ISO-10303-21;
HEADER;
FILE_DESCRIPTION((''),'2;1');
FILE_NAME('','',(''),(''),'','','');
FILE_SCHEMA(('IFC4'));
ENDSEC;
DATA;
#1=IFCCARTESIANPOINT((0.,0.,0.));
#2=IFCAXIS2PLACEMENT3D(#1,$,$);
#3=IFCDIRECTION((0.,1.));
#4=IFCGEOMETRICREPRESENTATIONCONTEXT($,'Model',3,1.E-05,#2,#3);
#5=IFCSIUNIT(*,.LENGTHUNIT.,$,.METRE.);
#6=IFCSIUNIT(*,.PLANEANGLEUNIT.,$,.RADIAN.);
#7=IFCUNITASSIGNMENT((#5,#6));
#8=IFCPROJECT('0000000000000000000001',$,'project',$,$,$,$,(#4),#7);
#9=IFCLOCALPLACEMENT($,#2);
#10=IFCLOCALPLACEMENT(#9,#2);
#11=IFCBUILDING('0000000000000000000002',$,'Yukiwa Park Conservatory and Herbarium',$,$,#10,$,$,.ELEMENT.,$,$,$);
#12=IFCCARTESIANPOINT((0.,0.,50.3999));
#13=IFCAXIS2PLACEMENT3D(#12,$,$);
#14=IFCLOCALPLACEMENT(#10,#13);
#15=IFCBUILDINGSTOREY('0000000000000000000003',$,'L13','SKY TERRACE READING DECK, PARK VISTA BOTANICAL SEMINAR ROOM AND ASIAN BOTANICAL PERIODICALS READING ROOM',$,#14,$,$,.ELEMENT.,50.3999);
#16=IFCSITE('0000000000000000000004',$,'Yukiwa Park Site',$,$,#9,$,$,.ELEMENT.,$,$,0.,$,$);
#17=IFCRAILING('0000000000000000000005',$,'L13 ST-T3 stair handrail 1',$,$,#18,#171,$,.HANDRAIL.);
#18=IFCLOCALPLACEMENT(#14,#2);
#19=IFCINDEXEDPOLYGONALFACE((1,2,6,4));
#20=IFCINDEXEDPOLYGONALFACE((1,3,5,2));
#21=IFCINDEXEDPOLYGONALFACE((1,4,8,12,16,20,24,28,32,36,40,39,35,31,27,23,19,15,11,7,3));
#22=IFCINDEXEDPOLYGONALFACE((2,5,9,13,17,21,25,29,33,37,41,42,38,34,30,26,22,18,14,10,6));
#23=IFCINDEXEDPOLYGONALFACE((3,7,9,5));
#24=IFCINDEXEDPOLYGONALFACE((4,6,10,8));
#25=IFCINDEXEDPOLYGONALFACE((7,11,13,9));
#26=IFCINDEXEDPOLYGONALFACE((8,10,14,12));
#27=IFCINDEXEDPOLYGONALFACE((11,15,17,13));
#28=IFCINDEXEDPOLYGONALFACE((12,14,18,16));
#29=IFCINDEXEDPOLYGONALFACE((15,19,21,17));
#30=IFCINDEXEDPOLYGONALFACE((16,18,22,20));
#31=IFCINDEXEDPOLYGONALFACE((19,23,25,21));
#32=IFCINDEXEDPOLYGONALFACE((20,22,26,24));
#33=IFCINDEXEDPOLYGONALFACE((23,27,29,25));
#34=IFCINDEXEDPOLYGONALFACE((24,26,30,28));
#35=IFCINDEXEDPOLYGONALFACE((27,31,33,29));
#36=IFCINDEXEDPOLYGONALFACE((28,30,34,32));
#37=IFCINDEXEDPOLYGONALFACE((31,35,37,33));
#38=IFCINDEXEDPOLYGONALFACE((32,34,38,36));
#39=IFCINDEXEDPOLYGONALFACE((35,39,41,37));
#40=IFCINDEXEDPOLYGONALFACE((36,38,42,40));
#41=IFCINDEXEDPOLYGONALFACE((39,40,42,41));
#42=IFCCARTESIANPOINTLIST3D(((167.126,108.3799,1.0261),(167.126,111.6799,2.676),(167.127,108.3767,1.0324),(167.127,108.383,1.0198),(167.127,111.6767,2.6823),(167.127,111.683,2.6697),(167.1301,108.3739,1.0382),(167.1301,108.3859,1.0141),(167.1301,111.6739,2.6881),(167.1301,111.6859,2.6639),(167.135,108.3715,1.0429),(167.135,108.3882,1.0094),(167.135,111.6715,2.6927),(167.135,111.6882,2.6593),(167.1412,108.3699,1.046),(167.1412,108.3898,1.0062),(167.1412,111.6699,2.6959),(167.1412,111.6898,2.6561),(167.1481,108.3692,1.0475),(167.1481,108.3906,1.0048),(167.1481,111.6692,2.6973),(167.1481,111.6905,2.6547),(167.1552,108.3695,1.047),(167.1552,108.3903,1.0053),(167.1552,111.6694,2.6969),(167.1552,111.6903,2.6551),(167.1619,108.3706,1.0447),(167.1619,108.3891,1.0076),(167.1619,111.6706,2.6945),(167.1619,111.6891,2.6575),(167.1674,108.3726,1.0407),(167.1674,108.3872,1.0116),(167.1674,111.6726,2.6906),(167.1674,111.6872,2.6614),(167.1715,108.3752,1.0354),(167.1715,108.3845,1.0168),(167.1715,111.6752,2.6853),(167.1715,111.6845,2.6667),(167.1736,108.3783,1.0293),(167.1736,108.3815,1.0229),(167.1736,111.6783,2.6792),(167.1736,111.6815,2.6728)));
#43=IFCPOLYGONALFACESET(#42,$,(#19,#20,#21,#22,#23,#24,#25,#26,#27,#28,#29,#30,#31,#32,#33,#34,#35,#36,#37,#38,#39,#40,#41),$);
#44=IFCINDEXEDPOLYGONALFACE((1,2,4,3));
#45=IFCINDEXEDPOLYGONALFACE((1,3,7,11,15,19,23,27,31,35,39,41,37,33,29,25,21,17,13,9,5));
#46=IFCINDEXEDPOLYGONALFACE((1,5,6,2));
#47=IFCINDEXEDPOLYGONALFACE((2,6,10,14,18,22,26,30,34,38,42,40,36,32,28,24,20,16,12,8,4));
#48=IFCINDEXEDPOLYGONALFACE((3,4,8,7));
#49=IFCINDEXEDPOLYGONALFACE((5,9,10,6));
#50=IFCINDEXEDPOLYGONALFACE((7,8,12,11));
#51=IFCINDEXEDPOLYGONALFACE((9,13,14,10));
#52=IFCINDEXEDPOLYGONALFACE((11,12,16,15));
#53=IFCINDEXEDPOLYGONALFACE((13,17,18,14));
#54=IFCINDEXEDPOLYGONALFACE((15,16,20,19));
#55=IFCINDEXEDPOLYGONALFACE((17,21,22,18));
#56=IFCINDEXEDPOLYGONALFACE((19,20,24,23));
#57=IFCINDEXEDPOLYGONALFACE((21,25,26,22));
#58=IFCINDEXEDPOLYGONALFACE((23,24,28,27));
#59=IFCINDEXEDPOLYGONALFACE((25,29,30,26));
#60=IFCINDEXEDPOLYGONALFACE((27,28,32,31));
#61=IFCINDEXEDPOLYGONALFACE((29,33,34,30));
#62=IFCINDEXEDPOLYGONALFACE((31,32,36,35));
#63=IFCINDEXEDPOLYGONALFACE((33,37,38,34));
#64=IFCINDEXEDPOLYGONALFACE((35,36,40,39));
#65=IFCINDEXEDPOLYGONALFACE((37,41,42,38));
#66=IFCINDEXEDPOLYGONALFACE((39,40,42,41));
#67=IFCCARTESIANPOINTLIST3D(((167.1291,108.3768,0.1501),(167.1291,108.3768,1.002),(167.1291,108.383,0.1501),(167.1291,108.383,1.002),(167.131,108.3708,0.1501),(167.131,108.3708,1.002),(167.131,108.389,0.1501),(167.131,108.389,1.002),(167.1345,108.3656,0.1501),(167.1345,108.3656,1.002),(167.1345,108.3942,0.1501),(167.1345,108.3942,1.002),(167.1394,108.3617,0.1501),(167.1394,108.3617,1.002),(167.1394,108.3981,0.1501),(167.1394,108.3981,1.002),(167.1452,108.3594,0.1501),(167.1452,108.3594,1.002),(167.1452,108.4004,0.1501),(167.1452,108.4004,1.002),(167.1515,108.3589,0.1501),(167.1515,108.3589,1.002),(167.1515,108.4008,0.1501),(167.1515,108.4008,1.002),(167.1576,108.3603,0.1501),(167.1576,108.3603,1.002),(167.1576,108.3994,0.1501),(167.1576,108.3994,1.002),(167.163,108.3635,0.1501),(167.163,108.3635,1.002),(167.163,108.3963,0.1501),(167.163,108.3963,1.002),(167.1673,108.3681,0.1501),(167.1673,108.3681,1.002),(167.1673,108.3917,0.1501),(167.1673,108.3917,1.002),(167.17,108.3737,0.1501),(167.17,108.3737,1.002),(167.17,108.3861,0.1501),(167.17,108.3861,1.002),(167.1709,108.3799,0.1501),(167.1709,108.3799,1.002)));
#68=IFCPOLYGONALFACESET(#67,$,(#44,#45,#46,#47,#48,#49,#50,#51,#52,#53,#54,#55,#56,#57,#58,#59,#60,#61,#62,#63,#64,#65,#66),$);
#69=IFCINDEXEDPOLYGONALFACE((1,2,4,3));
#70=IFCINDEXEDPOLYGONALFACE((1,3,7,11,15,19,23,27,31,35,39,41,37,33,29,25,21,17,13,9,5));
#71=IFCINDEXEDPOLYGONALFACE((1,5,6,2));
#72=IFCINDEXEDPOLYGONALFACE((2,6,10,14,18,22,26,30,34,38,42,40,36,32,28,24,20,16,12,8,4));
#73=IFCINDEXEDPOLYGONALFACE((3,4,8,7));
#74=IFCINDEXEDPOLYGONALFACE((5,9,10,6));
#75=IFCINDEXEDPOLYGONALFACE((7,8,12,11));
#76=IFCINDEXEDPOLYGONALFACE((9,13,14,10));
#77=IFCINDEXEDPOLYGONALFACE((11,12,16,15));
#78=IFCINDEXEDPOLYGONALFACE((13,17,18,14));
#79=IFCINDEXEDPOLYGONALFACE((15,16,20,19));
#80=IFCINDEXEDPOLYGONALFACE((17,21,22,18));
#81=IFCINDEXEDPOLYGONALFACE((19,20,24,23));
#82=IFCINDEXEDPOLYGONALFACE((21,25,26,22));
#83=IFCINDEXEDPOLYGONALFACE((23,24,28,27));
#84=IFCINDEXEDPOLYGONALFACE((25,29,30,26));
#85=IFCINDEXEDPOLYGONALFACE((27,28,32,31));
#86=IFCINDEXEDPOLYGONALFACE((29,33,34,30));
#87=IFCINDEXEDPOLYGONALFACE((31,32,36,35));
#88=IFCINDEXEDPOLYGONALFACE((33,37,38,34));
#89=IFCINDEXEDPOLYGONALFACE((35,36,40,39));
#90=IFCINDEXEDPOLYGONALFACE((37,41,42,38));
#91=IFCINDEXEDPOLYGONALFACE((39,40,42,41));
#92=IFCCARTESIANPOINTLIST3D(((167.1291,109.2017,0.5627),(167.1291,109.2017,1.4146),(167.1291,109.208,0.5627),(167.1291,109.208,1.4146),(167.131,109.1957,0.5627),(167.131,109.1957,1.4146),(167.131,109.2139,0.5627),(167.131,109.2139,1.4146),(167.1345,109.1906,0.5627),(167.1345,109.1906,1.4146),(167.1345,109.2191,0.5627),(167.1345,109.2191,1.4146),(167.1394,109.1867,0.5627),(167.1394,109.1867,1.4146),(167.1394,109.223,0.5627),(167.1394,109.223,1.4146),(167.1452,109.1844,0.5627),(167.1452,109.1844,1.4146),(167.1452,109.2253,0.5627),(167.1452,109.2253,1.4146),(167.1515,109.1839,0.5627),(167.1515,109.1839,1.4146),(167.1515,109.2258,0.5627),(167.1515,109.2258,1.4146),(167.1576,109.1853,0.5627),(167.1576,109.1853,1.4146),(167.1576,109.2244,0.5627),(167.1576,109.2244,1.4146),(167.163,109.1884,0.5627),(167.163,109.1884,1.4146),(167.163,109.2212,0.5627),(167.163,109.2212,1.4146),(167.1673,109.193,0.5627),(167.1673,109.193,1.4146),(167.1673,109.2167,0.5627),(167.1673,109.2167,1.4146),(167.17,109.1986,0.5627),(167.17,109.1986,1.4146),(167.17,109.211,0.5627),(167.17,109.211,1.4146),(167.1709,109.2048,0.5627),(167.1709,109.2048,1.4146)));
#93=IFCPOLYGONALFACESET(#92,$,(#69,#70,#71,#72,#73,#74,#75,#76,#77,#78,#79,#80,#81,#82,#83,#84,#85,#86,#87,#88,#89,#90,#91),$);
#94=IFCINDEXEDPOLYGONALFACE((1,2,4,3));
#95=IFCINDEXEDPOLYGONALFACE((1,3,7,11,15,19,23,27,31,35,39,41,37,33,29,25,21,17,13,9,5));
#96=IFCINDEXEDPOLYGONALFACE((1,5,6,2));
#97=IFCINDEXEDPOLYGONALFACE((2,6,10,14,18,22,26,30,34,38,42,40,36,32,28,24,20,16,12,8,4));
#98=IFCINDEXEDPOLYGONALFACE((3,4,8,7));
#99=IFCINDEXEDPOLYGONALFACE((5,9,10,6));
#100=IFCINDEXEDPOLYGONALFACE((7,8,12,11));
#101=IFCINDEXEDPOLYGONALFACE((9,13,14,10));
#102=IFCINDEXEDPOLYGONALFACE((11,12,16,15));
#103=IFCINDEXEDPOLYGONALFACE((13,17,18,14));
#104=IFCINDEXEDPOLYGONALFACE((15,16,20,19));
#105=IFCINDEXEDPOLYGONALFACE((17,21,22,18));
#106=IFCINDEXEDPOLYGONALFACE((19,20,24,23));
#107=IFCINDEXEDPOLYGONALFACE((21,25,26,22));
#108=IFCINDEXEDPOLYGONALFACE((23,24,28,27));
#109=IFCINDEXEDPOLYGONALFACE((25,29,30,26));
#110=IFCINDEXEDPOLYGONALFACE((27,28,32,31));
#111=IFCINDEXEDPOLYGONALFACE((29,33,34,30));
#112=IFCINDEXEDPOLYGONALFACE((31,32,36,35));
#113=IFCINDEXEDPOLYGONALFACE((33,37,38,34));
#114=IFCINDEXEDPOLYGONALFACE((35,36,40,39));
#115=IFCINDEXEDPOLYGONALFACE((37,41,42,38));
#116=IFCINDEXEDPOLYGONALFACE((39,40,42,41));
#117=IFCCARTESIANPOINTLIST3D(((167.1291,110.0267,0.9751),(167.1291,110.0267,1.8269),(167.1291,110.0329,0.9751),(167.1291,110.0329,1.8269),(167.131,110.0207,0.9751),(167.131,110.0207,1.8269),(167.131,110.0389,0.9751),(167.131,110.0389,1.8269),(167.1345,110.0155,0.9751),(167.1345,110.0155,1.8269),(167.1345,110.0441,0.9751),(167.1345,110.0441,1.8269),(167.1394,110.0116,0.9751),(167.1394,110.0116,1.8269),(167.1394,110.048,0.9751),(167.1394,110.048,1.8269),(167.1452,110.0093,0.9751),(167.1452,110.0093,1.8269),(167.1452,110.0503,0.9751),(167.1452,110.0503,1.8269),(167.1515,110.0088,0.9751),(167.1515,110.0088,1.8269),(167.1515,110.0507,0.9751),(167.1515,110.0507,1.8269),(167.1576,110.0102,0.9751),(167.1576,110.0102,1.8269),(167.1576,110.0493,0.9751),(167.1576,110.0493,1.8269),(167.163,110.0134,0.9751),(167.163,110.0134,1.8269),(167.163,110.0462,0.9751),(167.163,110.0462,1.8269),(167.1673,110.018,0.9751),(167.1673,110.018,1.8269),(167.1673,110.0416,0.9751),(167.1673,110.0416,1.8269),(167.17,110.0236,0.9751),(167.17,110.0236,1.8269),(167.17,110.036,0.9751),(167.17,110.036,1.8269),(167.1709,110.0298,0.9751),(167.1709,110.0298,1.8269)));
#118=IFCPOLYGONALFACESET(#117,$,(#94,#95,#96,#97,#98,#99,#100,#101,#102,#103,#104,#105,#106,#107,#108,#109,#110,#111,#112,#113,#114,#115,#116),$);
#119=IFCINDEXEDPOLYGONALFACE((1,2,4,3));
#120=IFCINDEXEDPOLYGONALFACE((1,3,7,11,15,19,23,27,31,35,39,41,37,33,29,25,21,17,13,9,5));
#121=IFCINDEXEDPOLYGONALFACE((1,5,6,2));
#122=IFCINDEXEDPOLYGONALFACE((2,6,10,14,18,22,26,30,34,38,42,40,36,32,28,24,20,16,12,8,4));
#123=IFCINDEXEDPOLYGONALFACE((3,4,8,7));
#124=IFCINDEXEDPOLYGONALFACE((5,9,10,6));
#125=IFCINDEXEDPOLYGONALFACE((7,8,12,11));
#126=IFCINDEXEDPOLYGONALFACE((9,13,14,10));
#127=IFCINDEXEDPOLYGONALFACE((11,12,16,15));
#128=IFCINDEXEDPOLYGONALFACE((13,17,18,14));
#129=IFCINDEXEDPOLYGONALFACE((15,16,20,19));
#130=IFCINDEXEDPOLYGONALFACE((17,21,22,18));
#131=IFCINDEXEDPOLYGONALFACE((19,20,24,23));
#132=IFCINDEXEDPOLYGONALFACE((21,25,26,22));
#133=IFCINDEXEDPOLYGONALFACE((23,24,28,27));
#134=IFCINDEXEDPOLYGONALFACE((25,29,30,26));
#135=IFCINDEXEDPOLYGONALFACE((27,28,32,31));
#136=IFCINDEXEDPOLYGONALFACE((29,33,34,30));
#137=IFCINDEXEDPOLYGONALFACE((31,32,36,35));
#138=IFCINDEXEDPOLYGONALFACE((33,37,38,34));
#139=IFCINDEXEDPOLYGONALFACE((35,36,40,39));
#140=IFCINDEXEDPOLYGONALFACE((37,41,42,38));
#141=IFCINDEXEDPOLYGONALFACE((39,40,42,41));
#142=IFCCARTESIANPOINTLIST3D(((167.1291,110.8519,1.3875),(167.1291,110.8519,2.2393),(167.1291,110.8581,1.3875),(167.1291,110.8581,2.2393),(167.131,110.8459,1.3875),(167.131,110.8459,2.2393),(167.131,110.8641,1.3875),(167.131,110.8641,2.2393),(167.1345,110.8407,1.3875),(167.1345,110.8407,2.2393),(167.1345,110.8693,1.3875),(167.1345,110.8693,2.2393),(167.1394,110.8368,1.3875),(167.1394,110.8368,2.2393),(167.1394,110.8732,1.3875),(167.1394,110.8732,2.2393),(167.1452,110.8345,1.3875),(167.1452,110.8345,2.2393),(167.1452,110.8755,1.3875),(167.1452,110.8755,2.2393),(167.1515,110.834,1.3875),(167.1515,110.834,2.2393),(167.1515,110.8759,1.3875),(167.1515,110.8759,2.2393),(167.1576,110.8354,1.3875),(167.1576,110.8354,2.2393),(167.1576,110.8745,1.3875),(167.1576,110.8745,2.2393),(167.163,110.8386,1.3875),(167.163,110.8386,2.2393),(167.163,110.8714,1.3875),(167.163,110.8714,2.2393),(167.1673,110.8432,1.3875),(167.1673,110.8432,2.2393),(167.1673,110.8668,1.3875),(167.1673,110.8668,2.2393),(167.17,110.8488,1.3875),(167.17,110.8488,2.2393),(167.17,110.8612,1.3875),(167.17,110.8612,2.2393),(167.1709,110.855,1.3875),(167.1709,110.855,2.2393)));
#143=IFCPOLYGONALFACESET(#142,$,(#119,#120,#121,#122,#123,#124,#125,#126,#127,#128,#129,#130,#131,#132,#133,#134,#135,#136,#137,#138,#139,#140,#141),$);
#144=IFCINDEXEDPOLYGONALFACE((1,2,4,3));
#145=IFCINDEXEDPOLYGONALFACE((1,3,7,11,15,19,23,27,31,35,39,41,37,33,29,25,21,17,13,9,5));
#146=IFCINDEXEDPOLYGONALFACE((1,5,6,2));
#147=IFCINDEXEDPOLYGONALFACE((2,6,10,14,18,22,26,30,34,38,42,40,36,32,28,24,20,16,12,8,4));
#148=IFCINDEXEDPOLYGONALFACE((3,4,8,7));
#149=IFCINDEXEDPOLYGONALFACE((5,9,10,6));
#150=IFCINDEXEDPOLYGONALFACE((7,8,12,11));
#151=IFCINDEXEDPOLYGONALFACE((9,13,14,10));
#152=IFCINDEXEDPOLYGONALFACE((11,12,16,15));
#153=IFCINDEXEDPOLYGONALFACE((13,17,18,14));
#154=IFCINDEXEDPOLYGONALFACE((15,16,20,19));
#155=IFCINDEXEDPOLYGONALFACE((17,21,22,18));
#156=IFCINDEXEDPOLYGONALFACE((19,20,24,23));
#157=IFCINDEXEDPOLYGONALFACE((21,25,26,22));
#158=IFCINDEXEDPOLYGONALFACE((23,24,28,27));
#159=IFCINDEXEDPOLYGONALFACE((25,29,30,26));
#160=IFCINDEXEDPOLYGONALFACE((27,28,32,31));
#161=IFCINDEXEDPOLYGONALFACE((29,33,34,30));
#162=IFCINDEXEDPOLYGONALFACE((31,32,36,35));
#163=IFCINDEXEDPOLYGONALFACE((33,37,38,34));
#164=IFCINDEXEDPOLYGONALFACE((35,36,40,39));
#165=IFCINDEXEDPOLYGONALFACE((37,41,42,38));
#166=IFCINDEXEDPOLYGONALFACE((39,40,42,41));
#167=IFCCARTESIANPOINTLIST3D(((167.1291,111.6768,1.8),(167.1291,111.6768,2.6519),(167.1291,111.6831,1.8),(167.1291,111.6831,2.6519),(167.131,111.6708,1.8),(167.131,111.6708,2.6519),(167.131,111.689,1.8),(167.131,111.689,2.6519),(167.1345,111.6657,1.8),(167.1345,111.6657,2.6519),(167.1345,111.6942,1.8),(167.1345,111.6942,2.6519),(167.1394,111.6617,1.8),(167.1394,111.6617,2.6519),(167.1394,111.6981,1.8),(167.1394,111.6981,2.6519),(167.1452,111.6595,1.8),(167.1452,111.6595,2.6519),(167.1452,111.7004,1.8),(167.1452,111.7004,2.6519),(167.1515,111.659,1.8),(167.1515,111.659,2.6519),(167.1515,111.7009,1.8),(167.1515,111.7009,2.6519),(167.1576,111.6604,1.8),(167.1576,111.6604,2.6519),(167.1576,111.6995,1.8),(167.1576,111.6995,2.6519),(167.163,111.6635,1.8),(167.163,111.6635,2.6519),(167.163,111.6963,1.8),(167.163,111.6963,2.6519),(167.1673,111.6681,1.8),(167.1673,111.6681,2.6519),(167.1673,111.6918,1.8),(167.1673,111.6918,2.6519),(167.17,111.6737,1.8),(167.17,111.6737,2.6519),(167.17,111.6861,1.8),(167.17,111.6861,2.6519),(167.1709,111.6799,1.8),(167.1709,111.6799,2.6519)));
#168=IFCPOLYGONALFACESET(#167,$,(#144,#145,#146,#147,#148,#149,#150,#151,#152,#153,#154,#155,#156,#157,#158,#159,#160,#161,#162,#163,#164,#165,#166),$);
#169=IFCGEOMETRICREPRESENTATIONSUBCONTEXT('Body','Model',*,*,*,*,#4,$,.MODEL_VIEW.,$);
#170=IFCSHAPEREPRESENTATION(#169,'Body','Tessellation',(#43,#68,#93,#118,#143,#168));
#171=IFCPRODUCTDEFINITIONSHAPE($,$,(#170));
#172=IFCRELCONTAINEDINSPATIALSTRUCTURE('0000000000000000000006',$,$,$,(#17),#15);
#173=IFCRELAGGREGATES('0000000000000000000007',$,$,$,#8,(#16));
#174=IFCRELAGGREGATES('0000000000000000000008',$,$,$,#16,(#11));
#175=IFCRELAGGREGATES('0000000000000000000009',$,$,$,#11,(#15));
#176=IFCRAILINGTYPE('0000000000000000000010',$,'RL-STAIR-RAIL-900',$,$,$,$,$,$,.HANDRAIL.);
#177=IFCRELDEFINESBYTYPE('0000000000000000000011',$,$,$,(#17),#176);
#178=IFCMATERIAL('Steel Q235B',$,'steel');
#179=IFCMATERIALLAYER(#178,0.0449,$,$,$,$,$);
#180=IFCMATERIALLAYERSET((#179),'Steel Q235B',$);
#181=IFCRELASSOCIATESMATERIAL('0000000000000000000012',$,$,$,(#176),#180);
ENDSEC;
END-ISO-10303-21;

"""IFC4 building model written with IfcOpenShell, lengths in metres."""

from ifc_helpers import new_model, si_unit, direction, frame, origin, origin_2d, place, context, subcontext, project, spatial, circle, extrude, material, layer, layer_set, type_object, element, save


model = new_model("IFC4")

# Units and contexts
model_context = context("Model", 3, precision=1e-05, world=origin(), true_north=direction((0.0, 1.0)))
body_context = subcontext(model_context, "Body", "Model", "MODEL_VIEW")
ifc_project = project(units=[si_unit("LENGTHUNIT", "METRE"), si_unit("PLANEANGLEUNIT", "RADIAN")], contexts=[model_context])

# Site, building, storey
site_placement = place(None, origin())
site = spatial("IfcSite", under=ifc_project, at=site_placement, Name="Yukiwa Park Site", CompositionType="ELEMENT", RefElevation=0.0)
building_placement = place(site_placement, origin())
building = spatial("IfcBuilding", under=site, at=building_placement, Name="Yukiwa Park Conservatory and Herbarium", CompositionType="ELEMENT")
storey_placement = place(building_placement, frame((0.0, 0.0, 50.3999)))
storey = spatial("IfcBuildingStorey", under=building, at=storey_placement, Name="L13", Description="SKY TERRACE READING DECK, PARK VISTA BOTANICAL SEMINAR ROOM AND ASIAN BOTANICAL PERIODICALS READING ROOM", CompositionType="ELEMENT", Elevation=50.3999)

# Railing
ifc_material_1 = material(Name="Steel Q235B", Category="steel")
ifc_layer_1 = layer(ifc_material_1, 0.0449)
ifc_layer_set_1 = layer_set([ifc_layer_1], Name="Steel Q235B")
railing_type_1 = type_object("IfcRailingType", Name="RL-STAIR-RAIL-900", PredefinedType="HANDRAIL", material=ifc_layer_set_1)
railing_1_placement = place(storey_placement, frame((167.1499, 108.3799, 0.1501)))
element("IfcRailing", 1, at=railing_1_placement, inside=storey, type_object=railing_type_1, Name="L13 ST-T3 stair handrail 1", PredefinedType="HANDRAIL", context=body_context, shape_type="SweptSolid", body=[
    extrude(circle(Radius=0.0239, at=origin_2d()), frame((0.0, 0.0, 0.876), z_axis=(0.0, 0.89444, 0.447187), x_axis=(-1.0, 0.0, 0.0)), (0.0, 0.0, 1.0), 3.6895),
    extrude(circle(Radius=0.021, at=origin_2d()), origin(), (0.0, 0.0, 1.0), 0.8518),
    extrude(circle(Radius=0.021, at=origin_2d()), frame((0.0, 0.825, 0.4126)), (0.0, 0.0, 1.0), 0.8518),
    extrude(circle(Radius=0.021, at=origin_2d()), frame((0.0, 1.6499, 0.825)), (0.0, 0.0, 1.0), 0.8518),
    extrude(circle(Radius=0.021, at=origin_2d()), frame((0.0, 2.4751, 1.2373)), (0.0, 0.0, 1.0), 0.8518),
    extrude(circle(Radius=0.021, at=origin_2d()), frame((0.0, 3.3, 1.6499)), (0.0, 0.0, 1.0), 0.8518),
])

save(model, "model.ifc")
